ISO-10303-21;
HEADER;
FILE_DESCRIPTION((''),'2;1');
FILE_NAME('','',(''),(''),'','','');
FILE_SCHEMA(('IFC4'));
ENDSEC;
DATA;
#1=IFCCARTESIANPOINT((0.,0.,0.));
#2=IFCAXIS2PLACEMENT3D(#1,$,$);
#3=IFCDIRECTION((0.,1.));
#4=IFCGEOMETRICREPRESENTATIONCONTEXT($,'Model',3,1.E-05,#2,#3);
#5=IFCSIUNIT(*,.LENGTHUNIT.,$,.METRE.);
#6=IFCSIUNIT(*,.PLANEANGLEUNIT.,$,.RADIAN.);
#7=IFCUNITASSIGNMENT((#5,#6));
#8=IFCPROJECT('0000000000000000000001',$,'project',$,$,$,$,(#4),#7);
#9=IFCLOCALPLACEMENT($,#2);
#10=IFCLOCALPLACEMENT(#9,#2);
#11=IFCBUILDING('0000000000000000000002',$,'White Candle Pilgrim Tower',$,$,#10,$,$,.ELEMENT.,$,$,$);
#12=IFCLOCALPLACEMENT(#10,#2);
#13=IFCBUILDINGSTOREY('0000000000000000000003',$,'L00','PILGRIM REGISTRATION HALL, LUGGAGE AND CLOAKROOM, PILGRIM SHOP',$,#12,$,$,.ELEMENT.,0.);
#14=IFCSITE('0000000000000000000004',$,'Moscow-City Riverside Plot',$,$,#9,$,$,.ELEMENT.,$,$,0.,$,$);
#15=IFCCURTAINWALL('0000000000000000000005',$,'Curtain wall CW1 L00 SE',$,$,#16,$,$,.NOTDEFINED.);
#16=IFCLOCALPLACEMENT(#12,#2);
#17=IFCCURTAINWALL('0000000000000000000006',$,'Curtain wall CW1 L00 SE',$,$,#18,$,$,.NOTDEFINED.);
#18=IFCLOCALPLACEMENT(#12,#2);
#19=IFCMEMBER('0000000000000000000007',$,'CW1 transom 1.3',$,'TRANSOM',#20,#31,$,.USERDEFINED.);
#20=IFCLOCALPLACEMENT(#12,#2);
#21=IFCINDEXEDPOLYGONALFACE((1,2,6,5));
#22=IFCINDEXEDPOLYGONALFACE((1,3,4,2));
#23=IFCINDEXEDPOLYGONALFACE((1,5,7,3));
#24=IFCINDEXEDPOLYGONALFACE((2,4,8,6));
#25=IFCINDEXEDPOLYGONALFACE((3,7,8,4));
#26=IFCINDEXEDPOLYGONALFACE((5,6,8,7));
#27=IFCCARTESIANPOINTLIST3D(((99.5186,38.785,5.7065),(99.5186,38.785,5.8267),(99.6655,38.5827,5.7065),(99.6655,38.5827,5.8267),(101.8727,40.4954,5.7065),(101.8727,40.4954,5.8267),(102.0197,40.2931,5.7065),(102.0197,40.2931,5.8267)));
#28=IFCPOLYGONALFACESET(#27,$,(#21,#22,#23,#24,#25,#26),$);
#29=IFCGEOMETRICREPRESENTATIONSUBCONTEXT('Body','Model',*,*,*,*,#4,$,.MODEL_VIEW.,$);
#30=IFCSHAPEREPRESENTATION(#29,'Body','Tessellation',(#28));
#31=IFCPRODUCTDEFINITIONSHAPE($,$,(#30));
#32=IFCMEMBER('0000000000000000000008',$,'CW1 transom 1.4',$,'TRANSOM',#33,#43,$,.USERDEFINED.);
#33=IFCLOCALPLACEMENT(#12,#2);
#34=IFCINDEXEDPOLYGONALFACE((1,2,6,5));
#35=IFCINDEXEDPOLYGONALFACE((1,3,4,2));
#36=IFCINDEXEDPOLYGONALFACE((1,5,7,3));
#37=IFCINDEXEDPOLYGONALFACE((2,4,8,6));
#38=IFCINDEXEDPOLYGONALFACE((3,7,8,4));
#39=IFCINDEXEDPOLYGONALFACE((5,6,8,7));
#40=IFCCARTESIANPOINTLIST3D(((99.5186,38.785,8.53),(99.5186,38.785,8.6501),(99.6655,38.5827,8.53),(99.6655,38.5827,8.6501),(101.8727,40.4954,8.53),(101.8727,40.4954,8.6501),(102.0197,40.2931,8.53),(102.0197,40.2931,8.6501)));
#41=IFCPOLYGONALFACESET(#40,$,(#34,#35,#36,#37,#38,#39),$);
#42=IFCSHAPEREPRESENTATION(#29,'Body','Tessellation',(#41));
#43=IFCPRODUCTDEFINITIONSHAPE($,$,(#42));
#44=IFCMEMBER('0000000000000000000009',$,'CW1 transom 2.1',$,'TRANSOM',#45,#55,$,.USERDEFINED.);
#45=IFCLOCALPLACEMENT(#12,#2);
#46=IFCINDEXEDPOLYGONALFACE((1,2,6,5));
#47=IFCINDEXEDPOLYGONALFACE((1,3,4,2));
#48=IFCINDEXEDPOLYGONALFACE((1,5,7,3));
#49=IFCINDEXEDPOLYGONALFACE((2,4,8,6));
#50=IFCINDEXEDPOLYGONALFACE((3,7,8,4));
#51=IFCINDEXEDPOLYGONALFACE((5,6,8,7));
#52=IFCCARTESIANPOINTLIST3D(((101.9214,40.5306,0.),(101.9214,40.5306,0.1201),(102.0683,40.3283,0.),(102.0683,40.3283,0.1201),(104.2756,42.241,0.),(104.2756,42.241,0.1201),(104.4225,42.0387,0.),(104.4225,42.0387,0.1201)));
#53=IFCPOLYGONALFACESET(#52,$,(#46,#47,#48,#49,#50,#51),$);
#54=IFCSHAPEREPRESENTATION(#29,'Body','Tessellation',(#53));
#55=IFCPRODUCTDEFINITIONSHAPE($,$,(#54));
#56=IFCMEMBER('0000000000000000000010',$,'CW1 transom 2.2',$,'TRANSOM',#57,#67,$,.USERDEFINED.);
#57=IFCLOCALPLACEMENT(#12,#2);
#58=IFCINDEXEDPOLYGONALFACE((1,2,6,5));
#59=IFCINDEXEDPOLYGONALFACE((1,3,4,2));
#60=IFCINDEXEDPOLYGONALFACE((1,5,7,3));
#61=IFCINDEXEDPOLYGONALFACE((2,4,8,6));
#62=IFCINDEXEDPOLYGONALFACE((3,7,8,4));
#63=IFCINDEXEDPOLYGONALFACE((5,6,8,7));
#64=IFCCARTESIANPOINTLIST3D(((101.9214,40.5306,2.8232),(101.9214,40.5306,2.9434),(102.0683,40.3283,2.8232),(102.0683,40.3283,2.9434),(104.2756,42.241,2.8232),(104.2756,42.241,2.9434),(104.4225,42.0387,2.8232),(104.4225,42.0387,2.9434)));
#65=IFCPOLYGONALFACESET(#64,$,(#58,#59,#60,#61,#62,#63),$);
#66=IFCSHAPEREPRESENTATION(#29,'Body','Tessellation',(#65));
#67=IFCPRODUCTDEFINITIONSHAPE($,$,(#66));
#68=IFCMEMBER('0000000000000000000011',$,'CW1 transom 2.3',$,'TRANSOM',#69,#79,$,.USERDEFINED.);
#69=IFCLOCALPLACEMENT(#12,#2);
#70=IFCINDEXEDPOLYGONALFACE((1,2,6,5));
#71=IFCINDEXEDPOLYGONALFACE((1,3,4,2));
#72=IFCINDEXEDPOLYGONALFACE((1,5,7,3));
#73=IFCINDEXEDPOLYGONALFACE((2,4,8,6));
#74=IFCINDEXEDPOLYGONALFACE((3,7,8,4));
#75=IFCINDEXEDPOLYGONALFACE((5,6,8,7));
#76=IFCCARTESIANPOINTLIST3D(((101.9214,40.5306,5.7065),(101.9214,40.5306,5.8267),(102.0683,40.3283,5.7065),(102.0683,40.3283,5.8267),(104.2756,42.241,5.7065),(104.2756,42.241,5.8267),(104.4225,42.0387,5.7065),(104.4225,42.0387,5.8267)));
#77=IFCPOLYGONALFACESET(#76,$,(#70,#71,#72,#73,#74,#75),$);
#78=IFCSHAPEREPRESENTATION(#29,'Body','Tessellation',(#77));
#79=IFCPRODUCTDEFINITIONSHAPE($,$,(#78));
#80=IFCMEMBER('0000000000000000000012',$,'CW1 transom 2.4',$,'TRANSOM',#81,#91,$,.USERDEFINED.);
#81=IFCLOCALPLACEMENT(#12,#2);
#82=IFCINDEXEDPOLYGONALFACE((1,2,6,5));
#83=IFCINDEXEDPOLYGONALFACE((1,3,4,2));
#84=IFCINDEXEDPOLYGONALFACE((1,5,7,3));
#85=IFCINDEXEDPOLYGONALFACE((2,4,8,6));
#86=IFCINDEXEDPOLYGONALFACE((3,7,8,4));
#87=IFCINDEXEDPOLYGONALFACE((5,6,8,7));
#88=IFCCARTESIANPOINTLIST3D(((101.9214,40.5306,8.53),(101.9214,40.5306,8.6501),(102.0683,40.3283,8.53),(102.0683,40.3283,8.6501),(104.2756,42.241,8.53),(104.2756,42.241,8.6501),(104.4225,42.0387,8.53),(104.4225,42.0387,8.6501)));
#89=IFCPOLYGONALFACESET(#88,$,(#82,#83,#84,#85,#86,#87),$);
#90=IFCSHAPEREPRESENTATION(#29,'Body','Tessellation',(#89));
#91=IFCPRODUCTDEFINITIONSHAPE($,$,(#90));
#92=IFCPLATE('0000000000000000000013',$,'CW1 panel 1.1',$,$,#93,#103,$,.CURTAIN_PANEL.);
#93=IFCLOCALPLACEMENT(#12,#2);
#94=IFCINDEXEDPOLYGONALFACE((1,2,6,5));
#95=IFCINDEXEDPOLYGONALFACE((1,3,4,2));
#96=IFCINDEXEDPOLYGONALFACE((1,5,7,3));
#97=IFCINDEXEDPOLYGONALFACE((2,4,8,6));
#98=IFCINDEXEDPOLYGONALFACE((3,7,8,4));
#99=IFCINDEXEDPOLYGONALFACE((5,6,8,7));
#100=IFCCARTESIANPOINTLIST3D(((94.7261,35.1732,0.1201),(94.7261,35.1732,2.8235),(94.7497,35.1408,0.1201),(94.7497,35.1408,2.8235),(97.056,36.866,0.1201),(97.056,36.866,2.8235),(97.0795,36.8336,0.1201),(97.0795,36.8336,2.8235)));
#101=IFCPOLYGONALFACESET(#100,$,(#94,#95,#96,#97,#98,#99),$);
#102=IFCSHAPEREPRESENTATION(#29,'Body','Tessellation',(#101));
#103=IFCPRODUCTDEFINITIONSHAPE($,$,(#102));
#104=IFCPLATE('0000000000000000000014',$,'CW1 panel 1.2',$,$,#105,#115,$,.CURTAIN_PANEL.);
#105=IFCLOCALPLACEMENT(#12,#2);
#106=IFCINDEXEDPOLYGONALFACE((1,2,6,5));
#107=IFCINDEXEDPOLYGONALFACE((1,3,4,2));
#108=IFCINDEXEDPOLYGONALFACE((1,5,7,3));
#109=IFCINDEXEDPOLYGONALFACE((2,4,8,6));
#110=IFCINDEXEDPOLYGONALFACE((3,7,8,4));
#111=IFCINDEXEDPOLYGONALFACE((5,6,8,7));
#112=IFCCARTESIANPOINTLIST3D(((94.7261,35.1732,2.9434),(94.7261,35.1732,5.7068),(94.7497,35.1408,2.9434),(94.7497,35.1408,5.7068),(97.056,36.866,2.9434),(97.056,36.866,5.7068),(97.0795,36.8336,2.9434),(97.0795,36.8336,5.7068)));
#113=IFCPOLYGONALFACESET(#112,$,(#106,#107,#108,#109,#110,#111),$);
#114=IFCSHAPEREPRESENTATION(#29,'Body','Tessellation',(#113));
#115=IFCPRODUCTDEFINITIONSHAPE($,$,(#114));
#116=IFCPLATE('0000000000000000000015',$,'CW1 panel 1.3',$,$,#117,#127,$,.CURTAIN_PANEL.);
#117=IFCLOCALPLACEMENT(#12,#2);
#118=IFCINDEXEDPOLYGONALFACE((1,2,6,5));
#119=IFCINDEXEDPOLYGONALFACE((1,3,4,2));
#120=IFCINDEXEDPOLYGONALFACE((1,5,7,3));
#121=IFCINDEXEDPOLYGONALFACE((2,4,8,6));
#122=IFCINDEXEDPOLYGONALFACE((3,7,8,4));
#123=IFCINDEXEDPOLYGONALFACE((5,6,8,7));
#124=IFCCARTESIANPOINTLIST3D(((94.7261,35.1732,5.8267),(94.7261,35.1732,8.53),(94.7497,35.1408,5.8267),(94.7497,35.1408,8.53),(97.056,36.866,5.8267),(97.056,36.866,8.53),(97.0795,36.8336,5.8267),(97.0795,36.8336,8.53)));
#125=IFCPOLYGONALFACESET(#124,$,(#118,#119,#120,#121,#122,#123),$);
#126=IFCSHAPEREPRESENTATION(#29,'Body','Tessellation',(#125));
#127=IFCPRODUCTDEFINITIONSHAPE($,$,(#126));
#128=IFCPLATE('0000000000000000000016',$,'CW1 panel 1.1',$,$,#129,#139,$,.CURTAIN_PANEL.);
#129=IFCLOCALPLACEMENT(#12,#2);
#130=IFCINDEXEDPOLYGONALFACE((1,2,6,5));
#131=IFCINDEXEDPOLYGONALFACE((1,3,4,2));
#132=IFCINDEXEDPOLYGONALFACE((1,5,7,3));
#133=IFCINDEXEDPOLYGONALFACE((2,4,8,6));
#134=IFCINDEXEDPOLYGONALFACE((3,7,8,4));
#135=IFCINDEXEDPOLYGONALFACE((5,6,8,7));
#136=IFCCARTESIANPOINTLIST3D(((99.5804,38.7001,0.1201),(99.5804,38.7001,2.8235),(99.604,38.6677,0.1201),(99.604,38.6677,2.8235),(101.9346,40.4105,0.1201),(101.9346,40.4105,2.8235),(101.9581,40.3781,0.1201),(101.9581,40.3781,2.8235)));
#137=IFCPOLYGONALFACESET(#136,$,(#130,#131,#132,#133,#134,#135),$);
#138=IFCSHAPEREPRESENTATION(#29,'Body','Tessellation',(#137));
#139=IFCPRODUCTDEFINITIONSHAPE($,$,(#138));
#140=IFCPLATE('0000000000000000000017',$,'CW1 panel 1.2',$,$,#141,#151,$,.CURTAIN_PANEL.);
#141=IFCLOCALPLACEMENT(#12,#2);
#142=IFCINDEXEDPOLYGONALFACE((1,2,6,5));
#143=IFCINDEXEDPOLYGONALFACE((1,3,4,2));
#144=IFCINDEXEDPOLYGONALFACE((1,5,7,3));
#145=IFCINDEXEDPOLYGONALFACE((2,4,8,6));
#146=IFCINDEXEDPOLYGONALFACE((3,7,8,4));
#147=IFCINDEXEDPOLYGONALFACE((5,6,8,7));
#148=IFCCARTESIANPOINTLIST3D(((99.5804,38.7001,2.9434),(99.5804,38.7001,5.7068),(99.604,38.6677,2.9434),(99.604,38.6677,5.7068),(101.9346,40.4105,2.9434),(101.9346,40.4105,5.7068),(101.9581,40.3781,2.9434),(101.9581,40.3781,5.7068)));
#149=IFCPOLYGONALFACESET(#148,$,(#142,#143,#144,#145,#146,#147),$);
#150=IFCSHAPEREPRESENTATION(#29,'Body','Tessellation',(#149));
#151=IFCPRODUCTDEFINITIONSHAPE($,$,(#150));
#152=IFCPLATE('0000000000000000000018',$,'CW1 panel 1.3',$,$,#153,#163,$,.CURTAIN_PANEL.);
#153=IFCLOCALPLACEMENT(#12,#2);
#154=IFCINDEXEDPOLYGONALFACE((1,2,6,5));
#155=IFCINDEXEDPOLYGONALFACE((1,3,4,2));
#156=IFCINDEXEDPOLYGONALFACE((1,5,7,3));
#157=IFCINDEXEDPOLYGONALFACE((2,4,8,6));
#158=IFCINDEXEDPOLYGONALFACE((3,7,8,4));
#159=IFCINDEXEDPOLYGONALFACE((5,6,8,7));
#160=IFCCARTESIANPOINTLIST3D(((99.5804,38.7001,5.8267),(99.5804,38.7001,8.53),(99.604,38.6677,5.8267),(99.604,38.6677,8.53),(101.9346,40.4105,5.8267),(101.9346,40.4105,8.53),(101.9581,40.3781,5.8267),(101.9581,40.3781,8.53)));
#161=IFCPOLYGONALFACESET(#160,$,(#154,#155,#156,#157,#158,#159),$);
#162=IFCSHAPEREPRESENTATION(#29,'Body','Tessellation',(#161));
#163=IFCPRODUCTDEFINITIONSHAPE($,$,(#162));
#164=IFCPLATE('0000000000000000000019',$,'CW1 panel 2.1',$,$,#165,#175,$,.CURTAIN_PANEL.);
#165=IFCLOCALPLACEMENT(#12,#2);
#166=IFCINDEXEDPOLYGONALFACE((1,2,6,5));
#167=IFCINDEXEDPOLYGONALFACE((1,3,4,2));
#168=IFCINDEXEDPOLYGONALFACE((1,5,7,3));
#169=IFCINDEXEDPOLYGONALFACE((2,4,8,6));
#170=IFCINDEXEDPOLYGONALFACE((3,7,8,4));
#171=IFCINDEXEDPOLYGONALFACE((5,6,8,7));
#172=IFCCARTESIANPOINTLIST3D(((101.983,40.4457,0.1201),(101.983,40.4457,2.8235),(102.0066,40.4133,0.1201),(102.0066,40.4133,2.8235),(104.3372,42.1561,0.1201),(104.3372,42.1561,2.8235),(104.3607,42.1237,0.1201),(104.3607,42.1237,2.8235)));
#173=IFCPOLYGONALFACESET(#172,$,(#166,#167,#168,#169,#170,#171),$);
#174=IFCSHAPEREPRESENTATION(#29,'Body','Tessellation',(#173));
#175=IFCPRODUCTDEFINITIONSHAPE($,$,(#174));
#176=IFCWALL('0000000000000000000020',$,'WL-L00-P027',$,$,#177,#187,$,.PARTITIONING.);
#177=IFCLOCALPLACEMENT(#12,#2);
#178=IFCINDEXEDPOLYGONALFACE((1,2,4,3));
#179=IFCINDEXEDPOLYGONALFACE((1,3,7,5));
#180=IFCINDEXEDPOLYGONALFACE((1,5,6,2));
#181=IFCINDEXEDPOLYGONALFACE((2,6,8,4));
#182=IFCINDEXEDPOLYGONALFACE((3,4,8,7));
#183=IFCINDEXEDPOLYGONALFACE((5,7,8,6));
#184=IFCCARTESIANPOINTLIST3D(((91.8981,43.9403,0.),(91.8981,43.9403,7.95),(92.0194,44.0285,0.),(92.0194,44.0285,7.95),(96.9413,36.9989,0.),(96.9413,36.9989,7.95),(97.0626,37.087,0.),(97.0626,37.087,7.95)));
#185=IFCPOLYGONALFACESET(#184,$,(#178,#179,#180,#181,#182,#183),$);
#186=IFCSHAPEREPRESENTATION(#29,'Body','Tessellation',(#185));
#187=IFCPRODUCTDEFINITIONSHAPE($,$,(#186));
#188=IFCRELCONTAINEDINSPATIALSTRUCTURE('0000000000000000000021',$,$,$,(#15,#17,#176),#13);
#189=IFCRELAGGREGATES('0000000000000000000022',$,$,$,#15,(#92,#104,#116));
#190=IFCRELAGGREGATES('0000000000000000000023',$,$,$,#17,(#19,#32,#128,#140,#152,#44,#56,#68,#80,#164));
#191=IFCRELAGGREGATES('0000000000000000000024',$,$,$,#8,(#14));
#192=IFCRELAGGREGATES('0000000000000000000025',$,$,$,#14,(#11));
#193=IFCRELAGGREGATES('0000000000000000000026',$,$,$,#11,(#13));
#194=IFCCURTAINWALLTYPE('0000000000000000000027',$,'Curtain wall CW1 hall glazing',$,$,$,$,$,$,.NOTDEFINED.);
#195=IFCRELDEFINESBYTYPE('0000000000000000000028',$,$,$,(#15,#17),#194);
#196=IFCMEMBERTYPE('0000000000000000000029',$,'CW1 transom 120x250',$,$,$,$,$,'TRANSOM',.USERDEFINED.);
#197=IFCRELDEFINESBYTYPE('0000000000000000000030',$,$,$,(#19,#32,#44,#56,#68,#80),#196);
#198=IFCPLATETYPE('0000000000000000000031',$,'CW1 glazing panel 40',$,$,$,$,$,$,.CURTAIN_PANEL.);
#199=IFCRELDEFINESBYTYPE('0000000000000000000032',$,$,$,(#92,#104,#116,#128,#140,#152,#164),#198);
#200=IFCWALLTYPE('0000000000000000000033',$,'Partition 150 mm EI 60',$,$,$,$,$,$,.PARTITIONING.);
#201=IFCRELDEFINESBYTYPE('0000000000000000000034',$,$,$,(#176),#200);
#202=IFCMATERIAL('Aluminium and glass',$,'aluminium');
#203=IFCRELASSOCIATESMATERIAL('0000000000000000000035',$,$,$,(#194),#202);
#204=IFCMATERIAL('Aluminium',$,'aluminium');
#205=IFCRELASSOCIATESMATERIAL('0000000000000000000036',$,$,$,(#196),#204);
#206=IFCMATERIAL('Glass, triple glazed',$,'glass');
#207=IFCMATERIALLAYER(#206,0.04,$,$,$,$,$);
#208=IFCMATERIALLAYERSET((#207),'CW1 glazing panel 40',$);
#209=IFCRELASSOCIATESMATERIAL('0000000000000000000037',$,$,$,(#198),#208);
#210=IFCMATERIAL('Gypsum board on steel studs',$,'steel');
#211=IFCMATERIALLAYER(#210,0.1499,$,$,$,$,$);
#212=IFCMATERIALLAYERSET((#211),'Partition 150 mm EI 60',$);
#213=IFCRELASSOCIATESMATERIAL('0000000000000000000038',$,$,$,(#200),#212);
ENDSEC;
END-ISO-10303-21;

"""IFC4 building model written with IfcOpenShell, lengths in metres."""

from ifc_helpers import new_model, si_unit, direction, frame, frame_2d, origin, origin_2d, place, context, subcontext, project, spatial, rectangle, extrude, material, layer, layer_set, material_profile, profile_set, type_object, element, aggregate, save


model = new_model("IFC4")

# Units and contexts
model_context = context("Model", 3, precision=1e-05, world=origin(), true_north=direction((0.0, 1.0)))
body_context = subcontext(model_context, "Body", "Model", "MODEL_VIEW")
ifc_project = project(units=[si_unit("LENGTHUNIT", "METRE"), si_unit("PLANEANGLEUNIT", "RADIAN")], contexts=[model_context])

# Site, building, storey
site_placement = place(None, origin())
site = spatial("IfcSite", under=ifc_project, at=site_placement, Name="Moscow-City Riverside Plot", CompositionType="ELEMENT", RefElevation=0.0)
building_placement = place(site_placement, origin())
building = spatial("IfcBuilding", under=site, at=building_placement, Name="White Candle Pilgrim Tower", CompositionType="ELEMENT")
storey_placement = place(building_placement, origin())
storey = spatial("IfcBuildingStorey", under=building, at=storey_placement, Name="L00", Description="PILGRIM REGISTRATION HALL, LUGGAGE AND CLOAKROOM, PILGRIM SHOP", CompositionType="ELEMENT", Elevation=0.0)

# Curtain wall
ifc_material_1 = material(Name="Aluminium and glass", Category="aluminium")
curtain_wall_type = type_object("IfcCurtainWallType", Name="Curtain wall CW1 hall glazing", PredefinedType="NOTDEFINED", material=ifc_material_1)
curtain_wall_1_placement = place(storey_placement, origin())
curtain_wall_1 = element("IfcCurtainWall", 1, at=curtain_wall_1_placement, inside=storey, type_object=curtain_wall_type, Name="Curtain wall CW1 L00 SE", PredefinedType="NOTDEFINED")
ifc_material_2 = material(Name="Aluminium", Category="aluminium")

# Curtain wall
curtain_wall_2_placement = place(storey_placement, origin())
curtain_wall_2 = element("IfcCurtainWall", 2, at=curtain_wall_2_placement, inside=storey, type_object=curtain_wall_type, Name="Curtain wall CW1 L00 SE", PredefinedType="NOTDEFINED")

# Members
ifc_material_profile_1 = material_profile(ifc_material_2, rectangle(XDim=0.25, YDim=0.1201, at=origin_2d()), Name="CW1 transom 120x250")
ifc_profile_set_1 = profile_set([ifc_material_profile_1], Name="Aluminium")
member_type_1 = type_object("IfcMemberType", Name="CW1 transom 120x250", ElementType="TRANSOM", PredefinedType="USERDEFINED", material=ifc_profile_set_1)
member_1_placement = place(storey_placement, frame((99.592, 38.6838, 5.7666), z_axis=(0.809019, 0.587783, 0.0), x_axis=(-0.587783, 0.809019, 0.0)))
member_1 = element("IfcMember", 3, at=member_1_placement, type_object=member_type_1, Name="CW1 transom 1.3", ObjectType="TRANSOM", PredefinedType="USERDEFINED", context=body_context, shape_type="SweptSolid", body=[
    extrude(rectangle(XDim=0.25, YDim=0.1201, at=origin_2d()), origin(), (0.0, 0.0, 1.0), 2.9099),
])
member_2_placement = place(storey_placement, frame((99.592, 38.6838, 8.5901), z_axis=(0.809019, 0.587783, 0.0), x_axis=(-0.587783, 0.809019, 0.0)))
member_2 = element("IfcMember", 4, at=member_2_placement, type_object=member_type_1, Name="CW1 transom 1.4", ObjectType="TRANSOM", PredefinedType="USERDEFINED", context=body_context, shape_type="SweptSolid", body=[
    extrude(rectangle(XDim=0.25, YDim=0.1201, at=origin_2d()), origin(), (0.0, 0.0, 1.0), 2.9099),
])
member_3_placement = place(storey_placement, frame((101.9949, 40.4294, 0.0601), z_axis=(0.809019, 0.587783, 0.0), x_axis=(-0.587783, 0.809019, 0.0)))
member_3 = element("IfcMember", 5, at=member_3_placement, type_object=member_type_1, Name="CW1 transom 2.1", ObjectType="TRANSOM", PredefinedType="USERDEFINED", context=body_context, shape_type="SweptSolid", body=[
    extrude(rectangle(XDim=0.25, YDim=0.1201, at=origin_2d()), origin(), (0.0, 0.0, 1.0), 2.9099),
])
member_4_placement = place(storey_placement, frame((101.9949, 40.4294, 2.8833), z_axis=(0.809019, 0.587783, 0.0), x_axis=(-0.587783, 0.809019, 0.0)))
member_4 = element("IfcMember", 6, at=member_4_placement, type_object=member_type_1, Name="CW1 transom 2.2", ObjectType="TRANSOM", PredefinedType="USERDEFINED", context=body_context, shape_type="SweptSolid", body=[
    extrude(rectangle(XDim=0.25, YDim=0.1201, at=origin_2d()), origin(), (0.0, 0.0, 1.0), 2.9099),
])
member_5_placement = place(storey_placement, frame((101.9949, 40.4294, 5.7666), z_axis=(0.809019, 0.587783, 0.0), x_axis=(-0.587783, 0.809019, 0.0)))
member_5 = element("IfcMember", 7, at=member_5_placement, type_object=member_type_1, Name="CW1 transom 2.3", ObjectType="TRANSOM", PredefinedType="USERDEFINED", context=body_context, shape_type="SweptSolid", body=[
    extrude(rectangle(XDim=0.25, YDim=0.1201, at=origin_2d()), origin(), (0.0, 0.0, 1.0), 2.9099),
])
member_6_placement = place(storey_placement, frame((101.9949, 40.4294, 8.5901), z_axis=(0.809019, 0.587783, 0.0), x_axis=(-0.587783, 0.809019, 0.0)))
member_6 = element("IfcMember", 8, at=member_6_placement, type_object=member_type_1, Name="CW1 transom 2.4", ObjectType="TRANSOM", PredefinedType="USERDEFINED", context=body_context, shape_type="SweptSolid", body=[
    extrude(rectangle(XDim=0.25, YDim=0.1201, at=origin_2d()), origin(), (0.0, 0.0, 1.0), 2.9099),
])

# Plates
ifc_material_3 = material(Name="Glass, triple glazed", Category="glass")
ifc_layer_1 = layer(ifc_material_3, 0.04)
ifc_layer_set_1 = layer_set([ifc_layer_1], Name="CW1 glazing panel 40")
plate_type = type_object("IfcPlateType", Name="CW1 glazing panel 40", PredefinedType="CURTAIN_PANEL", material=ifc_layer_set_1)
plate_1_placement = place(storey_placement, frame((95.9028, 36.0034, 0.1201), z_axis=(0.0, 0.0, 1.0), x_axis=(0.809017, 0.587785, 0.0)))
plate_1 = element("IfcPlate", 9, at=plate_1_placement, type_object=plate_type, Name="CW1 panel 1.1", PredefinedType="CURTAIN_PANEL", context=body_context, shape_type="SweptSolid", body=[
    extrude(rectangle(XDim=2.8799, YDim=0.04, at=origin_2d()), origin(), (0.0, 0.0, 1.0), 2.7034),
])
plate_2_placement = place(storey_placement, frame((95.9028, 36.0034, 2.9434), z_axis=(0.0, 0.0, 1.0), x_axis=(0.809017, 0.587785, 0.0)))
plate_2 = element("IfcPlate", 10, at=plate_2_placement, type_object=plate_type, Name="CW1 panel 1.2", PredefinedType="CURTAIN_PANEL", context=body_context, shape_type="SweptSolid", body=[
    extrude(rectangle(XDim=2.8799, YDim=0.04, at=origin_2d()), origin(), (0.0, 0.0, 1.0), 2.7634),
])
plate_3_placement = place(storey_placement, frame((95.9028, 36.0034, 5.8267), z_axis=(0.0, 0.0, 1.0), x_axis=(0.809017, 0.587785, 0.0)))
plate_3 = element("IfcPlate", 11, at=plate_3_placement, type_object=plate_type, Name="CW1 panel 1.3", PredefinedType="CURTAIN_PANEL", context=body_context, shape_type="SweptSolid", body=[
    extrude(rectangle(XDim=2.8799, YDim=0.04, at=origin_2d()), origin(), (0.0, 0.0, 1.0), 2.7034),
])
aggregate(curtain_wall_1, [plate_1, plate_2, plate_3])
plate_4_placement = place(storey_placement, frame((100.7693, 39.5391, 0.1201), z_axis=(0.0, 0.0, 1.0), x_axis=(0.809017, 0.587785, 0.0)))
plate_4 = element("IfcPlate", 12, at=plate_4_placement, type_object=plate_type, Name="CW1 panel 1.1", PredefinedType="CURTAIN_PANEL", context=body_context, shape_type="SweptSolid", body=[
    extrude(rectangle(XDim=2.9099, YDim=0.04, at=origin_2d()), origin(), (0.0, 0.0, 1.0), 2.7034),
])
plate_5_placement = place(storey_placement, frame((100.7693, 39.5391, 2.9434), z_axis=(0.0, 0.0, 1.0), x_axis=(0.809017, 0.587785, 0.0)))
plate_5 = element("IfcPlate", 13, at=plate_5_placement, type_object=plate_type, Name="CW1 panel 1.2", PredefinedType="CURTAIN_PANEL", context=body_context, shape_type="SweptSolid", body=[
    extrude(rectangle(XDim=2.9099, YDim=0.04, at=origin_2d()), origin(), (0.0, 0.0, 1.0), 2.7634),
])
plate_6_placement = place(storey_placement, frame((100.7693, 39.5391, 5.8267), z_axis=(0.0, 0.0, 1.0), x_axis=(0.809017, 0.587785, 0.0)))
plate_6 = element("IfcPlate", 14, at=plate_6_placement, type_object=plate_type, Name="CW1 panel 1.3", PredefinedType="CURTAIN_PANEL", context=body_context, shape_type="SweptSolid", body=[
    extrude(rectangle(XDim=2.9099, YDim=0.04, at=origin_2d()), origin(), (0.0, 0.0, 1.0), 2.7034),
])
plate_7_placement = place(storey_placement, frame((103.1719, 41.2847, 0.1201), z_axis=(0.0, 0.0, 1.0), x_axis=(0.809017, 0.587785, 0.0)))
plate_7 = element("IfcPlate", 15, at=plate_7_placement, type_object=plate_type, Name="CW1 panel 2.1", PredefinedType="CURTAIN_PANEL", context=body_context, shape_type="SweptSolid", body=[
    extrude(rectangle(XDim=2.9099, YDim=0.04, at=origin_2d()), origin(), (0.0, 0.0, 1.0), 2.7034),
])
aggregate(curtain_wall_2, [member_1, member_2, plate_4, plate_5, plate_6, member_3, member_4, member_5, member_6, plate_7])

# Wall
ifc_material_4 = material(Name="Gypsum board on steel studs", Category="steel")
ifc_layer_2 = layer(ifc_material_4, 0.1499)
ifc_layer_set_2 = layer_set([ifc_layer_2], Name="Partition 150 mm EI 60")
wall_type_1 = type_object("IfcWallType", Name="Partition 150 mm EI 60", PredefinedType="PARTITIONING", material=ifc_layer_set_2)
wall_1_placement = place(storey_placement, frame((97.002, 37.043, 0.0), z_axis=(0.0, 0.0, 1.0), x_axis=(-0.587784, 0.809018, 0.0)))
element("IfcWall", 16, at=wall_1_placement, inside=storey, type_object=wall_type_1, Name="WL-L00-P027", PredefinedType="PARTITIONING", context=body_context, shape_type="SweptSolid", body=[
    extrude(rectangle(XDim=8.5801, YDim=0.1499, at=frame_2d((4.29, 0.0))), origin(), (0.0, 0.0, 1.0), 7.95),
])

save(model, "model.ifc")
